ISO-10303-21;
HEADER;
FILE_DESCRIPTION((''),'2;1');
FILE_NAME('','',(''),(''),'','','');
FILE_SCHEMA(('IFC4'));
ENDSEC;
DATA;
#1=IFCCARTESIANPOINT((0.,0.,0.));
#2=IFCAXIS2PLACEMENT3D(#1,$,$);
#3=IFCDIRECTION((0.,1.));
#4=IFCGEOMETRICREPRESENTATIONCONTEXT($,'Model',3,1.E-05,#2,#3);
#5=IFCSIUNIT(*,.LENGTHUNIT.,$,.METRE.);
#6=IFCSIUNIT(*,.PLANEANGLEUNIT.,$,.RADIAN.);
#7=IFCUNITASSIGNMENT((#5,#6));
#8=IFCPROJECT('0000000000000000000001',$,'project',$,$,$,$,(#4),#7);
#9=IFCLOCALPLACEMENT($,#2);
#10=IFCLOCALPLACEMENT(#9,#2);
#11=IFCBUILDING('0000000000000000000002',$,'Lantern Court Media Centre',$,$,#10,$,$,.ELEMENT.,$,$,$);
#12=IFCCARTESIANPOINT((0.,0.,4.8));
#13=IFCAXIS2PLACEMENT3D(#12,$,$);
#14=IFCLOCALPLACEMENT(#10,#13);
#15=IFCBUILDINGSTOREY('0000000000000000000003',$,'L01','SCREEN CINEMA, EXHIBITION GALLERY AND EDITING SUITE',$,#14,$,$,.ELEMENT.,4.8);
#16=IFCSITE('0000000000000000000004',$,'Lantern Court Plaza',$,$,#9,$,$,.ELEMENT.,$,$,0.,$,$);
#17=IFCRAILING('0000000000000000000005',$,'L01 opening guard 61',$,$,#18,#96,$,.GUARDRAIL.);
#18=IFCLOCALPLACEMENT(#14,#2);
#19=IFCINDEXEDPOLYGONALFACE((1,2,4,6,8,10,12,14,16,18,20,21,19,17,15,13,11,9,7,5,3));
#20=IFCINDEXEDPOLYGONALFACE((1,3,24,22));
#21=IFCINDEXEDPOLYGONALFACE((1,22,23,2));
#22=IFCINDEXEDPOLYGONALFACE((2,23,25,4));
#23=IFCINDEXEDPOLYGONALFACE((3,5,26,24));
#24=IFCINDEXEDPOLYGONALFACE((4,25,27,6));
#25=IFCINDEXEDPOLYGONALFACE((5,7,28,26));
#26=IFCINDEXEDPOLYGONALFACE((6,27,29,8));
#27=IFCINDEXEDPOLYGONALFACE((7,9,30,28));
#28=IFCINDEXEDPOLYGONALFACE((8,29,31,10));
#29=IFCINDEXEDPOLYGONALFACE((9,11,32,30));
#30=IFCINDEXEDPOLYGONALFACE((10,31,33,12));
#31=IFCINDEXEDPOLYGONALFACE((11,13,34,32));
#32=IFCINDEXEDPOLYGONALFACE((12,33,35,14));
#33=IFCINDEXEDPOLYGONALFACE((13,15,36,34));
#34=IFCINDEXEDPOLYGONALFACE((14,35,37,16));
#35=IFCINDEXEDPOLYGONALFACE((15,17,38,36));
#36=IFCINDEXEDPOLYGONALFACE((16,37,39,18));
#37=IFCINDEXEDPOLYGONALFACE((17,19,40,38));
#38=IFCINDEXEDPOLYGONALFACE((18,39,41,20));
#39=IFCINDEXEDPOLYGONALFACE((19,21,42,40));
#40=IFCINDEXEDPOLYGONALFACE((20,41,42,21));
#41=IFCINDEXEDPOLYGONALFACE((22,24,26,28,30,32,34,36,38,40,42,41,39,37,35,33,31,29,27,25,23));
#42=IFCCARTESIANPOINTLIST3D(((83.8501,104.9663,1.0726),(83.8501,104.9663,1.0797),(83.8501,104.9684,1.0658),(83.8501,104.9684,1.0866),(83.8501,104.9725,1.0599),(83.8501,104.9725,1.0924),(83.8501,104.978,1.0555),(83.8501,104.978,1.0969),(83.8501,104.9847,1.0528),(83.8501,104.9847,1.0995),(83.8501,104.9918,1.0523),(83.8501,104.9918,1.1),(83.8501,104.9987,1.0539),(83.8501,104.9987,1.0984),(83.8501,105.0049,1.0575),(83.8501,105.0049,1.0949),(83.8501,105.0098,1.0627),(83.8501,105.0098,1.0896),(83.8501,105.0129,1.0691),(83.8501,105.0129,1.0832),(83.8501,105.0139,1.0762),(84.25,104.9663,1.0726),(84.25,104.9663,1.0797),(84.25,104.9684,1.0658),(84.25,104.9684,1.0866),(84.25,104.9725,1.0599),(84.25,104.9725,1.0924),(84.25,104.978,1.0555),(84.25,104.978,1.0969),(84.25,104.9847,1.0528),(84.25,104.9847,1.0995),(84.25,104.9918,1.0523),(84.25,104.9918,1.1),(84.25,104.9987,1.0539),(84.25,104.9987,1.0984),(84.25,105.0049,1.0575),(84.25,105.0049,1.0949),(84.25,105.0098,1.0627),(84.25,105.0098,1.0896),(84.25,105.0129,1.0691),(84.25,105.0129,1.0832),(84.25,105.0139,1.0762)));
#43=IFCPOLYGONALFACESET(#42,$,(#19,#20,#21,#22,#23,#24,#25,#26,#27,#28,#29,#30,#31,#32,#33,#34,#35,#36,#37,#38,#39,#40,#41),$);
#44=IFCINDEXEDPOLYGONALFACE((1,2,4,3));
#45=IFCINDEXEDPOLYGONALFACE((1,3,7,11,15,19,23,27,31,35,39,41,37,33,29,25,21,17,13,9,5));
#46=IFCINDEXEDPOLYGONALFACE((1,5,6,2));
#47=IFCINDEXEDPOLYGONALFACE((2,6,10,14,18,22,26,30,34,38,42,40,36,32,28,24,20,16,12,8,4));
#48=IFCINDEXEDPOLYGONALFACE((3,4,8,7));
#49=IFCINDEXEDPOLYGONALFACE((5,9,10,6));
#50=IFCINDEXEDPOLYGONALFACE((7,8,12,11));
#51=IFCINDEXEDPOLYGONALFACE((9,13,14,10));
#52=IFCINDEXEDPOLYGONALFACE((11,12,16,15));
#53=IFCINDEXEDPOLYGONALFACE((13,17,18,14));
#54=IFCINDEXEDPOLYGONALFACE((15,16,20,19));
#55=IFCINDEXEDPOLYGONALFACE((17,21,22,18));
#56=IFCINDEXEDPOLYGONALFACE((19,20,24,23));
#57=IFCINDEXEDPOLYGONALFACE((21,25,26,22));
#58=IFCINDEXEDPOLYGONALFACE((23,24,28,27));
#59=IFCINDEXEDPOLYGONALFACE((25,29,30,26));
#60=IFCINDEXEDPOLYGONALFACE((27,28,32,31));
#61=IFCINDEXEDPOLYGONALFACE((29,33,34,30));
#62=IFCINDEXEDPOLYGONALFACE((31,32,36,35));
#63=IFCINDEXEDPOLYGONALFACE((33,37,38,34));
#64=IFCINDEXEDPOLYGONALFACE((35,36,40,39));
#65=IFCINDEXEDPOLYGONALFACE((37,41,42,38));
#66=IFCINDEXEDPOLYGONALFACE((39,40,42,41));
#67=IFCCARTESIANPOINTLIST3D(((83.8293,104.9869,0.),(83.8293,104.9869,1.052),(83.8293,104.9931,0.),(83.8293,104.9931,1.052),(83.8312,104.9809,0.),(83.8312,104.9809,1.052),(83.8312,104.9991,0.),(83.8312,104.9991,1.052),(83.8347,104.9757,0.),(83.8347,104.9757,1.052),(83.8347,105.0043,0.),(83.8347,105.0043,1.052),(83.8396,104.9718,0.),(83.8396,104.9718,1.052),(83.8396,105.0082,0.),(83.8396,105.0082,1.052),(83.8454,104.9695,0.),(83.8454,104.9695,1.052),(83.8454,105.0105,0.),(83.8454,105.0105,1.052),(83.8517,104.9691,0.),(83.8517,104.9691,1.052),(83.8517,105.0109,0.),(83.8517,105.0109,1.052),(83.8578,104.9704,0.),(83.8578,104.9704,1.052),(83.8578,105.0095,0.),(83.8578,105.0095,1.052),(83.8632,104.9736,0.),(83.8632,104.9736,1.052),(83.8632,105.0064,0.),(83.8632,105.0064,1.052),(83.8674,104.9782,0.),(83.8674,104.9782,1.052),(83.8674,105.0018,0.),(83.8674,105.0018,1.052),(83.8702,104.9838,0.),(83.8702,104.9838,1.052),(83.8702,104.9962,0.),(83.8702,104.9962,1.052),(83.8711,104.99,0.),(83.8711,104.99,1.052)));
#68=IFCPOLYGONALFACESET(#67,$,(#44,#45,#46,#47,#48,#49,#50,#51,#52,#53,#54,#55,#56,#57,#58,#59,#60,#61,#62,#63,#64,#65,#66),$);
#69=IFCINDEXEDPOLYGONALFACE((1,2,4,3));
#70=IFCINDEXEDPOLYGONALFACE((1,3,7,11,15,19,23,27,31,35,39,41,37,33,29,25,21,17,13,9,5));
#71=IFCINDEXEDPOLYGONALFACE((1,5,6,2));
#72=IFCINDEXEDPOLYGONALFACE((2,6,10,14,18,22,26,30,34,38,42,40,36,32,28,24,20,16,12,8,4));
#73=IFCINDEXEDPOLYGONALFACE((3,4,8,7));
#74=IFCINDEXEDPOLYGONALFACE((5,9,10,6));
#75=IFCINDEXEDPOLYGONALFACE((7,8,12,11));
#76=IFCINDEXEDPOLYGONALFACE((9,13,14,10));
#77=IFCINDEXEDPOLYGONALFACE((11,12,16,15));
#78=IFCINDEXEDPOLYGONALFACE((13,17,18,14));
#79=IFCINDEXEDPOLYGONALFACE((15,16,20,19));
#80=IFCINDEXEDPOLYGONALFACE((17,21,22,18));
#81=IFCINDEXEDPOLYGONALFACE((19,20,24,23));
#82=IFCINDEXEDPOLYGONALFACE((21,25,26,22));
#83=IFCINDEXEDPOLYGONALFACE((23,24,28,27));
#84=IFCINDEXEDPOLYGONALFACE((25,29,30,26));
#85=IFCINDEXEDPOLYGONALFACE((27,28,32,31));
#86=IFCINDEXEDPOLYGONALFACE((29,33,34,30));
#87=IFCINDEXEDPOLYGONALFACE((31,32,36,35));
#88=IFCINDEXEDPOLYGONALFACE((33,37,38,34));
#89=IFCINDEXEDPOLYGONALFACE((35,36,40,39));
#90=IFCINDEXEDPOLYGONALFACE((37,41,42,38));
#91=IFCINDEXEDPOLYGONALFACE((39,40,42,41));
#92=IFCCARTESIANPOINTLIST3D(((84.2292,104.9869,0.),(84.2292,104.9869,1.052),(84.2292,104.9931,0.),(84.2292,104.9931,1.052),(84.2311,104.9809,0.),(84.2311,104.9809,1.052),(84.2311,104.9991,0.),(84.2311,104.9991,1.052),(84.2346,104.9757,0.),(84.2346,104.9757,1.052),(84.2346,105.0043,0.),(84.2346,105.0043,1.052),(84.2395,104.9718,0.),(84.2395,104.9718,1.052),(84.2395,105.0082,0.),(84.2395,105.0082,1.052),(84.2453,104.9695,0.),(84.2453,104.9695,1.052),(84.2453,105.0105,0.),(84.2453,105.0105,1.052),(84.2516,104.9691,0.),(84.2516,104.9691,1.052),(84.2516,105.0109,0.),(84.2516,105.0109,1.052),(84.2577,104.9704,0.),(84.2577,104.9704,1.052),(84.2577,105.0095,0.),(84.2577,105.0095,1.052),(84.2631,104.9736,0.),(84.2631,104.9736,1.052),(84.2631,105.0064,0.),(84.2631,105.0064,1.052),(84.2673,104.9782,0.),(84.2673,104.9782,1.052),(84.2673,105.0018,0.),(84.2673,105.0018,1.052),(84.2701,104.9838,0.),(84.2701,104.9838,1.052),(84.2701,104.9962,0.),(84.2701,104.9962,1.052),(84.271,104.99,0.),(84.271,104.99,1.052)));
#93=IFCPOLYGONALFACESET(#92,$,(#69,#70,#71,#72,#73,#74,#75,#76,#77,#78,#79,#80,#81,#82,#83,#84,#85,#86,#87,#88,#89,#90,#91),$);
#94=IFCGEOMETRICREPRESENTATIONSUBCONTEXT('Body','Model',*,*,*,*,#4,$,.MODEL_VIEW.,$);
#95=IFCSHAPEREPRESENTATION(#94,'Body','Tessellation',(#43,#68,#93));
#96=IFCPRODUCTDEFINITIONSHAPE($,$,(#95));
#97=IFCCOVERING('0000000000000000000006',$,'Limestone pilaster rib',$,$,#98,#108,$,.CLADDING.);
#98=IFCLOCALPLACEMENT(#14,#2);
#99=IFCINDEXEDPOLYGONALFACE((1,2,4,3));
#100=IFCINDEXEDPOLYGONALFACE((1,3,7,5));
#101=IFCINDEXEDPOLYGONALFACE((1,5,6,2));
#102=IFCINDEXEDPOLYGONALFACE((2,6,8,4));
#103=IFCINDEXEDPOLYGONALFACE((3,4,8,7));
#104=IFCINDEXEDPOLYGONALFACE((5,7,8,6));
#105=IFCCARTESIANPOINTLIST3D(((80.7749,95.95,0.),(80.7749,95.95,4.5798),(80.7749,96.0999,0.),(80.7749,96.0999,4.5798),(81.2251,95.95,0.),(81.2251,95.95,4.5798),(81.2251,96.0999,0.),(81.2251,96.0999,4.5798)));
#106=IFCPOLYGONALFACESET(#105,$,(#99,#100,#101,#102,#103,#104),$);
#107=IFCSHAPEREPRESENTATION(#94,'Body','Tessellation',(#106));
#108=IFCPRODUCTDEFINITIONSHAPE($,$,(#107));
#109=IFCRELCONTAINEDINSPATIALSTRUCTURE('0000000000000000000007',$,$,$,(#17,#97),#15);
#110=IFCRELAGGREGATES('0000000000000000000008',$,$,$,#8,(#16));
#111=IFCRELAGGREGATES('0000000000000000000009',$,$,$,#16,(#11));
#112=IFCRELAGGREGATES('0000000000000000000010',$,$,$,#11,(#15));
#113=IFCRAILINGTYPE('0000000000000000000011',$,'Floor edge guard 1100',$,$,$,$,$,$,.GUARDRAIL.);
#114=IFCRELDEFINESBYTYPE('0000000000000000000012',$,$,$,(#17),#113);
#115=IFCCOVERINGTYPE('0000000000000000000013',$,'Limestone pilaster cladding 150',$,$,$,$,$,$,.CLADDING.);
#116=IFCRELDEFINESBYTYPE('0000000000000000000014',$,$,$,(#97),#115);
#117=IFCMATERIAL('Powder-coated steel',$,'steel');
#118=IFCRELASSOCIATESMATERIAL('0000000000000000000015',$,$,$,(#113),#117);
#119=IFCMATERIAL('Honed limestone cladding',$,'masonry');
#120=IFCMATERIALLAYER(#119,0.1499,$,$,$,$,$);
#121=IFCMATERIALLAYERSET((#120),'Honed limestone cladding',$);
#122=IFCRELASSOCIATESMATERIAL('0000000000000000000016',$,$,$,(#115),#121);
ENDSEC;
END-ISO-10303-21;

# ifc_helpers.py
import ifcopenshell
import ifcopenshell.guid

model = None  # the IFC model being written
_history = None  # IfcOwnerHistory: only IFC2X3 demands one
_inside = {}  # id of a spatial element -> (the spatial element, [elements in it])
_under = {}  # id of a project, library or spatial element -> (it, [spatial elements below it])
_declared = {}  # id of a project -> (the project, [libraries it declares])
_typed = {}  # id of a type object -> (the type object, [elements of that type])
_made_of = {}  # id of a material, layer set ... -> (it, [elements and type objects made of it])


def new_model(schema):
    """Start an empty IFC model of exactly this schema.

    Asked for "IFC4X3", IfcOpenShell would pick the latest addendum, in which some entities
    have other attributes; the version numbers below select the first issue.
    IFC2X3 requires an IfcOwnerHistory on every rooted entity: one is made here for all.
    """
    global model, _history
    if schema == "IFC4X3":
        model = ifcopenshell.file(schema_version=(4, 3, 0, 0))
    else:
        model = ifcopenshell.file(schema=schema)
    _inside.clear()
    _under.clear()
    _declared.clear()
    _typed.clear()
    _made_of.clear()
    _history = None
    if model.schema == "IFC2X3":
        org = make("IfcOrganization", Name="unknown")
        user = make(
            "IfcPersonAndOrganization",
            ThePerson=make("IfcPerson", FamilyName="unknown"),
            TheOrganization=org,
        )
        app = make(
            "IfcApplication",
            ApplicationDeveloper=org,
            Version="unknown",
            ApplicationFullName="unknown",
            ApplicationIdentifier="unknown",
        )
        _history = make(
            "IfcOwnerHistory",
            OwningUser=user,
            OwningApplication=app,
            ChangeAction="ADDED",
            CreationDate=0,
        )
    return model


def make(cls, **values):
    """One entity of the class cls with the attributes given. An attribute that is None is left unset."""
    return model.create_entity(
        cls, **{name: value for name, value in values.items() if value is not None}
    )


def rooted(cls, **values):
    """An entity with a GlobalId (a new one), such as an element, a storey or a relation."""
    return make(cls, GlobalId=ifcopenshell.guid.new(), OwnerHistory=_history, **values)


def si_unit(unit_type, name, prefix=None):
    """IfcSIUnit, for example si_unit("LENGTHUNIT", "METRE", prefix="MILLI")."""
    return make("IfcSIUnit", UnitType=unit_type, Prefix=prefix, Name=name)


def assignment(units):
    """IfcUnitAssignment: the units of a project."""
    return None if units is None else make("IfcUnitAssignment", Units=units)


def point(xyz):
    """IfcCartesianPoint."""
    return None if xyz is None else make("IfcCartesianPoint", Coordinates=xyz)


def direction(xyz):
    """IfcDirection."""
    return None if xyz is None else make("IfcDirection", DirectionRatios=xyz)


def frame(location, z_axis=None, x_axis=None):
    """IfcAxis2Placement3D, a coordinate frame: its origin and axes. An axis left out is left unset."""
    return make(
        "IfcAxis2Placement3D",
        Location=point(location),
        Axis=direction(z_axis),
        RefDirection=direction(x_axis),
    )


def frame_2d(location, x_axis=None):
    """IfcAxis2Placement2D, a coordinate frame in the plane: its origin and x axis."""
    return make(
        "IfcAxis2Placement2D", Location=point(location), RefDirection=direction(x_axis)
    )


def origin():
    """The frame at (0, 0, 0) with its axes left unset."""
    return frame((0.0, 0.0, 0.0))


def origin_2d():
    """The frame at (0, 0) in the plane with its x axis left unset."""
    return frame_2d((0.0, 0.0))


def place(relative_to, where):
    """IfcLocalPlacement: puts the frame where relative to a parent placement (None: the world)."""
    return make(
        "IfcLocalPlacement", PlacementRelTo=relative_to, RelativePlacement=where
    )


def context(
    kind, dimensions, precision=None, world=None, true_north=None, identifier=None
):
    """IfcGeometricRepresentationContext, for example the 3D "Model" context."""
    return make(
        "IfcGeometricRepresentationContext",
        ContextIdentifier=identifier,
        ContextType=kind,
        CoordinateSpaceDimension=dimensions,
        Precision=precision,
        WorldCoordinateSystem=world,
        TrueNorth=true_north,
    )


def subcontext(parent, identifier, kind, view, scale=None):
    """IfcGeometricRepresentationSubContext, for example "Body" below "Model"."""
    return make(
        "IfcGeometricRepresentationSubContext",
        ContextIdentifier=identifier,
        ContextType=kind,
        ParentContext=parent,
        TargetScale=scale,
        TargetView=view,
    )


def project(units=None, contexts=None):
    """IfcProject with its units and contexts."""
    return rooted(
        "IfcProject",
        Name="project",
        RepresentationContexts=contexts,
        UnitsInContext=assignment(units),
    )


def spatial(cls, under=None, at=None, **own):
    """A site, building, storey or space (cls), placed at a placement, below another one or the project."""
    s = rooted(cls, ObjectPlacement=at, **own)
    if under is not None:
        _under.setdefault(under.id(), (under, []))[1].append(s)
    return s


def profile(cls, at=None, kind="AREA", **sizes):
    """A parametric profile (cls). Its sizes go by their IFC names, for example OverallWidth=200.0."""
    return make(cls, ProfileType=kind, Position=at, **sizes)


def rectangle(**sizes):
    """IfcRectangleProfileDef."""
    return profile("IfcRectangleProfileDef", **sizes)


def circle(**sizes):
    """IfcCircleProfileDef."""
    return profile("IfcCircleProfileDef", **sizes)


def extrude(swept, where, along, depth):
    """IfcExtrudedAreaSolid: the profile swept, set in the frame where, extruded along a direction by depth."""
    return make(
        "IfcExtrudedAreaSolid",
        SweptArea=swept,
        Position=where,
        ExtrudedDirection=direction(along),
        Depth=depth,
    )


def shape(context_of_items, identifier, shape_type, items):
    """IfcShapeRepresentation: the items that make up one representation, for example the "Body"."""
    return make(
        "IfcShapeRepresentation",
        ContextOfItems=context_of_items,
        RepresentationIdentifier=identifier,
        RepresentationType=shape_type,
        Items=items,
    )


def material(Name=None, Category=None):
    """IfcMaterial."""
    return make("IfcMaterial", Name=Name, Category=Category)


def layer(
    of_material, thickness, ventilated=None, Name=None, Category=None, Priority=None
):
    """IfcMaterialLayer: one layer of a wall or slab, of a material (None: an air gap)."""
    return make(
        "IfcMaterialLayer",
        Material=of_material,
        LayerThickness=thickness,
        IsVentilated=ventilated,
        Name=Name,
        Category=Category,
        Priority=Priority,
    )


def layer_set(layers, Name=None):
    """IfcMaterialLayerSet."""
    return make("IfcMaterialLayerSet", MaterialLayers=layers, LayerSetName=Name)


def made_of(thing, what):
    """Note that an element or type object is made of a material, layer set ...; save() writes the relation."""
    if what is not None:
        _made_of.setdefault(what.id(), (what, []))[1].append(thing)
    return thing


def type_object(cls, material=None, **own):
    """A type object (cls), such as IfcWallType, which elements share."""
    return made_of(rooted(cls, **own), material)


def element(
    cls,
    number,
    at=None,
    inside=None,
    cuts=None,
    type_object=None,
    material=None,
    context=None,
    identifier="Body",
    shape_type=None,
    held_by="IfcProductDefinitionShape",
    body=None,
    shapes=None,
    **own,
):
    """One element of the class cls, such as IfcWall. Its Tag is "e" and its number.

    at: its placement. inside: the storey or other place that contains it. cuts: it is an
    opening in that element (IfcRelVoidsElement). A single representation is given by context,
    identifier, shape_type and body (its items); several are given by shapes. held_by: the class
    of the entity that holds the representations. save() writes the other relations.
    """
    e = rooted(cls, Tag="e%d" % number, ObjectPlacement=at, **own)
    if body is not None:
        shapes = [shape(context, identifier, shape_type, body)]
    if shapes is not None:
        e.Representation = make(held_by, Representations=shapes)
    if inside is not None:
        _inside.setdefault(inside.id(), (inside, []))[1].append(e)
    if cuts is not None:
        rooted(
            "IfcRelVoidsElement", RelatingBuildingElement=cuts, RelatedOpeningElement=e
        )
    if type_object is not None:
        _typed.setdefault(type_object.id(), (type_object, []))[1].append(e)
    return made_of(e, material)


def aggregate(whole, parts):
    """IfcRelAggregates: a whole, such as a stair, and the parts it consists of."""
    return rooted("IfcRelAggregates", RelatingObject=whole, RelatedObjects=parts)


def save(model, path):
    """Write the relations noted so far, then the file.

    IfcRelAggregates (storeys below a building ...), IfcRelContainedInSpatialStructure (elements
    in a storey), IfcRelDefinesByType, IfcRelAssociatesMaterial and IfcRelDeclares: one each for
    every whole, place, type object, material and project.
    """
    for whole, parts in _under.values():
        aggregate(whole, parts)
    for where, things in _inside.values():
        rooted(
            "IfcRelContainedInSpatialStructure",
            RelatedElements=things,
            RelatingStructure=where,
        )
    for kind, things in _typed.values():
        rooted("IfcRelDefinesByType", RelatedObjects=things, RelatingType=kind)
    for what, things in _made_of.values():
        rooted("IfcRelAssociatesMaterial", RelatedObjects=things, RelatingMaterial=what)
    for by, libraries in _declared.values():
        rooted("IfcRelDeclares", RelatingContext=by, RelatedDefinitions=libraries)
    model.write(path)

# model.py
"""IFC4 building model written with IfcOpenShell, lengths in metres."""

from ifc_helpers import new_model, si_unit, direction, frame, frame_2d, origin, origin_2d, place, context, subcontext, project, spatial, rectangle, circle, extrude, material, layer, layer_set, type_object, element, save


model = new_model("IFC4")

# Units and contexts
model_context = context("Model", 3, precision=1e-05, world=origin(), true_north=direction((0.0, 1.0)))
body_context = subcontext(model_context, "Body", "Model", "MODEL_VIEW")
ifc_project = project(units=[si_unit("LENGTHUNIT", "METRE"), si_unit("PLANEANGLEUNIT", "RADIAN")], contexts=[model_context])

# Site, building, storey
site_placement = place(None, origin())
site = spatial("IfcSite", under=ifc_project, at=site_placement, Name="Lantern Court Plaza", CompositionType="ELEMENT", RefElevation=0.0)
building_placement = place(site_placement, origin())
building = spatial("IfcBuilding", under=site, at=building_placement, Name="Lantern Court Media Centre", CompositionType="ELEMENT")
storey_placement = place(building_placement, frame((0.0, 0.0, 4.8)))
storey = spatial("IfcBuildingStorey", under=building, at=storey_placement, Name="L01", Description="SCREEN CINEMA, EXHIBITION GALLERY AND EDITING SUITE", CompositionType="ELEMENT", Elevation=4.8)

# Railing
ifc_material_1 = material(Name="Powder-coated steel", Category="steel")
railing_type = type_object("IfcRailingType", Name="Floor edge guard 1100", PredefinedType="GUARDRAIL", material=ifc_material_1)
railing_placement = place(storey_placement, frame((83.8501, 104.99, 0.0)))
element("IfcRailing", 1, at=railing_placement, inside=storey, type_object=railing_type, Name="L01 opening guard 61", PredefinedType="GUARDRAIL", context=body_context, shape_type="SweptSolid", body=[
    extrude(circle(Radius=0.0239, at=origin_2d()), frame((0.0, 0.0, 1.0762), z_axis=(1.0, 0.0, 0.0), x_axis=(0.0, 1.0, 0.0)), (0.0, 0.0, 1.0), 0.3999),
    extrude(circle(Radius=0.021, at=origin_2d()), origin(), (0.0, 0.0, 1.0), 1.052),
    extrude(circle(Radius=0.021, at=origin_2d()), frame((0.3999, 0.0, 0.0)), (0.0, 0.0, 1.0), 1.052),
])

# Covering
ifc_material_2 = material(Name="Honed limestone cladding", Category="masonry")
ifc_layer_1 = layer(ifc_material_2, 0.1499)
ifc_layer_set_1 = layer_set([ifc_layer_1], Name="Honed limestone cladding")
covering_type = type_object("IfcCoveringType", Name="Limestone pilaster cladding 150", PredefinedType="CLADDING", material=ifc_layer_set_1)
covering_placement = place(storey_placement, frame((80.7749, 96.0249, 0.0), z_axis=(0.0, 0.0, 1.0), x_axis=(1.0, 0.0, 0.0)))
element("IfcCovering", 2, at=covering_placement, inside=storey, type_object=covering_type, Name="Limestone pilaster rib", PredefinedType="CLADDING", context=body_context, shape_type="SweptSolid", body=[
    extrude(rectangle(XDim=0.4502, YDim=0.1499, at=frame_2d((0.2251, 0.0))), origin(), (0.0, 0.0, 1.0), 4.5798),
])

save(model, "model.ifc")
